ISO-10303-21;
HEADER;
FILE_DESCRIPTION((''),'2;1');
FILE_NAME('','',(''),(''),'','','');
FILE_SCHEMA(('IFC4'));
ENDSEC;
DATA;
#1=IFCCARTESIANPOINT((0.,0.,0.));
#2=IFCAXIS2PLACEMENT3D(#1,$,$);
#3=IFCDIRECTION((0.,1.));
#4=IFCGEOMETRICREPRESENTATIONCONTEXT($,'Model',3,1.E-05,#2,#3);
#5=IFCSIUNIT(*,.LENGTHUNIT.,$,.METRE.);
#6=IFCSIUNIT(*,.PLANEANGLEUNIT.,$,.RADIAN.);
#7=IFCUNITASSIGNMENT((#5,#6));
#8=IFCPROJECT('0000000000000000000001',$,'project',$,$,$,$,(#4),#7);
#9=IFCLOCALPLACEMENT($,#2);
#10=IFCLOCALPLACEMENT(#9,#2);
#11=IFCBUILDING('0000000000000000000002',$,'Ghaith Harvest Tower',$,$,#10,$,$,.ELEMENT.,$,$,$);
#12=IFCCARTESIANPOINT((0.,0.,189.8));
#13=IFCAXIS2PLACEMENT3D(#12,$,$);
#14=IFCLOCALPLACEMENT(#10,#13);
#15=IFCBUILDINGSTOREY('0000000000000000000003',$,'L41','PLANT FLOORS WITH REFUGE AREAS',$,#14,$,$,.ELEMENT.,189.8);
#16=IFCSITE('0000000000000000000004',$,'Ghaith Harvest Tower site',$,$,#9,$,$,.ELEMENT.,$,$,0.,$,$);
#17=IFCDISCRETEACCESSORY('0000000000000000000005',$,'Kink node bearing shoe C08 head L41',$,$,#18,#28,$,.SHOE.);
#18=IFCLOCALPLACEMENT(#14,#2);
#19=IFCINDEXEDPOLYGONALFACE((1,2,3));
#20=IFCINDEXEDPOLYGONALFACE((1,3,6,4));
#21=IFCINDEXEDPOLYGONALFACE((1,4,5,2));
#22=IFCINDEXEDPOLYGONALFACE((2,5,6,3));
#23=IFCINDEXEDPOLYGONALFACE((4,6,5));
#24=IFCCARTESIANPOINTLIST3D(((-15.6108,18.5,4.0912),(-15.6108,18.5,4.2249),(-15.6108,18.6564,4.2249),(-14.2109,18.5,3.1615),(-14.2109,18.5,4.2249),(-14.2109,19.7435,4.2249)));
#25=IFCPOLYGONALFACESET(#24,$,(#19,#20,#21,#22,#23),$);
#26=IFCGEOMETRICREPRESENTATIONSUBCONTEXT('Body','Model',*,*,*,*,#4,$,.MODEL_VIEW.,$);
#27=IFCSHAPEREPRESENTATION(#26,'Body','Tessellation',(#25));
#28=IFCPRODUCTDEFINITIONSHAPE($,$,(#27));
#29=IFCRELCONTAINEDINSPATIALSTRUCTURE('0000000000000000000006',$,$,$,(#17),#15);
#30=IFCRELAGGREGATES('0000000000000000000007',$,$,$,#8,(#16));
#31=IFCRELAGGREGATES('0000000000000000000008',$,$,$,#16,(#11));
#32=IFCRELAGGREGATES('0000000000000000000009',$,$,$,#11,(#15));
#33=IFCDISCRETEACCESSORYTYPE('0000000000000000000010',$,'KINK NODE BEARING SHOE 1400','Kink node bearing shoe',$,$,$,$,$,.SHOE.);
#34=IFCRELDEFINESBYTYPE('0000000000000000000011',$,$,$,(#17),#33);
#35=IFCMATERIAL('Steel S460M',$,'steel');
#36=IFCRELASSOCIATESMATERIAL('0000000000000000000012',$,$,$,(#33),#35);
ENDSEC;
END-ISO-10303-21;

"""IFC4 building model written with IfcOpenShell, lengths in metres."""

from ifc_helpers import new_model, si_unit, direction, frame, origin, origin_2d, place, context, subcontext, project, spatial, rectangle, extrude, clip, halfspace, material, material_profile, profile_set, type_object, element, save


model = new_model("IFC4")

# Units and contexts
model_context = context("Model", 3, precision=1e-05, world=origin(), true_north=direction((0.0, 1.0)))
body_context = subcontext(model_context, "Body", "Model", "MODEL_VIEW")
ifc_project = project(units=[si_unit("LENGTHUNIT", "METRE"), si_unit("PLANEANGLEUNIT", "RADIAN")], contexts=[model_context])

# Site, building, storey
site_placement = place(None, origin())
site = spatial("IfcSite", under=ifc_project, at=site_placement, Name="Ghaith Harvest Tower site", CompositionType="ELEMENT", RefElevation=0.0)
building_placement = place(site_placement, origin())
building = spatial("IfcBuilding", under=site, at=building_placement, Name="Ghaith Harvest Tower", CompositionType="ELEMENT")
storey_placement = place(building_placement, frame((0.0, 0.0, 189.8)))
storey = spatial("IfcBuildingStorey", under=building, at=storey_placement, Name="L41", Description="PLANT FLOORS WITH REFUGE AREAS", CompositionType="ELEMENT", Elevation=189.8)

# Discrete accessory
ifc_material_1 = material(Name="Steel S460M", Category="steel")
ifc_material_profile_1 = material_profile(ifc_material_1, rectangle(XDim=1.3999, YDim=1.3999, at=origin_2d()), Name="KINK NODE BEARING SHOE 1400")
ifc_profile_set_1 = profile_set([ifc_material_profile_1], Name="Steel S460M")
discrete_accessory_type = type_object("IfcDiscreteAccessoryType", Name="KINK NODE BEARING SHOE 1400", Description="Kink node bearing shoe", PredefinedType="SHOE", material=ifc_profile_set_1)
discrete_accessory_1_placement = place(storey_placement, frame((-14.9109, 19.2, 3.1516), z_axis=(0.0, 0.0, 1.0), x_axis=(1.0, 0.0, 0.0)))
element("IfcDiscreteAccessory", 1, at=discrete_accessory_1_placement, inside=storey, type_object=discrete_accessory_type, Name="Kink node bearing shoe C08 head L41", PredefinedType="SHOE", context=body_context, shape_type="Clipping", body=[
    clip(extrude(rectangle(XDim=1.3999, YDim=1.3999, at=origin_2d()), origin(), (0.0, 0.0, 1.0), 1.0732), halfspace(frame((0.0, 0.0, 1.0732), z_axis=(-0.450572, 0.580177, -0.678513), x_axis=(1.0, 0.0, 0.0)), False)),
])

save(model, "model.ifc")
